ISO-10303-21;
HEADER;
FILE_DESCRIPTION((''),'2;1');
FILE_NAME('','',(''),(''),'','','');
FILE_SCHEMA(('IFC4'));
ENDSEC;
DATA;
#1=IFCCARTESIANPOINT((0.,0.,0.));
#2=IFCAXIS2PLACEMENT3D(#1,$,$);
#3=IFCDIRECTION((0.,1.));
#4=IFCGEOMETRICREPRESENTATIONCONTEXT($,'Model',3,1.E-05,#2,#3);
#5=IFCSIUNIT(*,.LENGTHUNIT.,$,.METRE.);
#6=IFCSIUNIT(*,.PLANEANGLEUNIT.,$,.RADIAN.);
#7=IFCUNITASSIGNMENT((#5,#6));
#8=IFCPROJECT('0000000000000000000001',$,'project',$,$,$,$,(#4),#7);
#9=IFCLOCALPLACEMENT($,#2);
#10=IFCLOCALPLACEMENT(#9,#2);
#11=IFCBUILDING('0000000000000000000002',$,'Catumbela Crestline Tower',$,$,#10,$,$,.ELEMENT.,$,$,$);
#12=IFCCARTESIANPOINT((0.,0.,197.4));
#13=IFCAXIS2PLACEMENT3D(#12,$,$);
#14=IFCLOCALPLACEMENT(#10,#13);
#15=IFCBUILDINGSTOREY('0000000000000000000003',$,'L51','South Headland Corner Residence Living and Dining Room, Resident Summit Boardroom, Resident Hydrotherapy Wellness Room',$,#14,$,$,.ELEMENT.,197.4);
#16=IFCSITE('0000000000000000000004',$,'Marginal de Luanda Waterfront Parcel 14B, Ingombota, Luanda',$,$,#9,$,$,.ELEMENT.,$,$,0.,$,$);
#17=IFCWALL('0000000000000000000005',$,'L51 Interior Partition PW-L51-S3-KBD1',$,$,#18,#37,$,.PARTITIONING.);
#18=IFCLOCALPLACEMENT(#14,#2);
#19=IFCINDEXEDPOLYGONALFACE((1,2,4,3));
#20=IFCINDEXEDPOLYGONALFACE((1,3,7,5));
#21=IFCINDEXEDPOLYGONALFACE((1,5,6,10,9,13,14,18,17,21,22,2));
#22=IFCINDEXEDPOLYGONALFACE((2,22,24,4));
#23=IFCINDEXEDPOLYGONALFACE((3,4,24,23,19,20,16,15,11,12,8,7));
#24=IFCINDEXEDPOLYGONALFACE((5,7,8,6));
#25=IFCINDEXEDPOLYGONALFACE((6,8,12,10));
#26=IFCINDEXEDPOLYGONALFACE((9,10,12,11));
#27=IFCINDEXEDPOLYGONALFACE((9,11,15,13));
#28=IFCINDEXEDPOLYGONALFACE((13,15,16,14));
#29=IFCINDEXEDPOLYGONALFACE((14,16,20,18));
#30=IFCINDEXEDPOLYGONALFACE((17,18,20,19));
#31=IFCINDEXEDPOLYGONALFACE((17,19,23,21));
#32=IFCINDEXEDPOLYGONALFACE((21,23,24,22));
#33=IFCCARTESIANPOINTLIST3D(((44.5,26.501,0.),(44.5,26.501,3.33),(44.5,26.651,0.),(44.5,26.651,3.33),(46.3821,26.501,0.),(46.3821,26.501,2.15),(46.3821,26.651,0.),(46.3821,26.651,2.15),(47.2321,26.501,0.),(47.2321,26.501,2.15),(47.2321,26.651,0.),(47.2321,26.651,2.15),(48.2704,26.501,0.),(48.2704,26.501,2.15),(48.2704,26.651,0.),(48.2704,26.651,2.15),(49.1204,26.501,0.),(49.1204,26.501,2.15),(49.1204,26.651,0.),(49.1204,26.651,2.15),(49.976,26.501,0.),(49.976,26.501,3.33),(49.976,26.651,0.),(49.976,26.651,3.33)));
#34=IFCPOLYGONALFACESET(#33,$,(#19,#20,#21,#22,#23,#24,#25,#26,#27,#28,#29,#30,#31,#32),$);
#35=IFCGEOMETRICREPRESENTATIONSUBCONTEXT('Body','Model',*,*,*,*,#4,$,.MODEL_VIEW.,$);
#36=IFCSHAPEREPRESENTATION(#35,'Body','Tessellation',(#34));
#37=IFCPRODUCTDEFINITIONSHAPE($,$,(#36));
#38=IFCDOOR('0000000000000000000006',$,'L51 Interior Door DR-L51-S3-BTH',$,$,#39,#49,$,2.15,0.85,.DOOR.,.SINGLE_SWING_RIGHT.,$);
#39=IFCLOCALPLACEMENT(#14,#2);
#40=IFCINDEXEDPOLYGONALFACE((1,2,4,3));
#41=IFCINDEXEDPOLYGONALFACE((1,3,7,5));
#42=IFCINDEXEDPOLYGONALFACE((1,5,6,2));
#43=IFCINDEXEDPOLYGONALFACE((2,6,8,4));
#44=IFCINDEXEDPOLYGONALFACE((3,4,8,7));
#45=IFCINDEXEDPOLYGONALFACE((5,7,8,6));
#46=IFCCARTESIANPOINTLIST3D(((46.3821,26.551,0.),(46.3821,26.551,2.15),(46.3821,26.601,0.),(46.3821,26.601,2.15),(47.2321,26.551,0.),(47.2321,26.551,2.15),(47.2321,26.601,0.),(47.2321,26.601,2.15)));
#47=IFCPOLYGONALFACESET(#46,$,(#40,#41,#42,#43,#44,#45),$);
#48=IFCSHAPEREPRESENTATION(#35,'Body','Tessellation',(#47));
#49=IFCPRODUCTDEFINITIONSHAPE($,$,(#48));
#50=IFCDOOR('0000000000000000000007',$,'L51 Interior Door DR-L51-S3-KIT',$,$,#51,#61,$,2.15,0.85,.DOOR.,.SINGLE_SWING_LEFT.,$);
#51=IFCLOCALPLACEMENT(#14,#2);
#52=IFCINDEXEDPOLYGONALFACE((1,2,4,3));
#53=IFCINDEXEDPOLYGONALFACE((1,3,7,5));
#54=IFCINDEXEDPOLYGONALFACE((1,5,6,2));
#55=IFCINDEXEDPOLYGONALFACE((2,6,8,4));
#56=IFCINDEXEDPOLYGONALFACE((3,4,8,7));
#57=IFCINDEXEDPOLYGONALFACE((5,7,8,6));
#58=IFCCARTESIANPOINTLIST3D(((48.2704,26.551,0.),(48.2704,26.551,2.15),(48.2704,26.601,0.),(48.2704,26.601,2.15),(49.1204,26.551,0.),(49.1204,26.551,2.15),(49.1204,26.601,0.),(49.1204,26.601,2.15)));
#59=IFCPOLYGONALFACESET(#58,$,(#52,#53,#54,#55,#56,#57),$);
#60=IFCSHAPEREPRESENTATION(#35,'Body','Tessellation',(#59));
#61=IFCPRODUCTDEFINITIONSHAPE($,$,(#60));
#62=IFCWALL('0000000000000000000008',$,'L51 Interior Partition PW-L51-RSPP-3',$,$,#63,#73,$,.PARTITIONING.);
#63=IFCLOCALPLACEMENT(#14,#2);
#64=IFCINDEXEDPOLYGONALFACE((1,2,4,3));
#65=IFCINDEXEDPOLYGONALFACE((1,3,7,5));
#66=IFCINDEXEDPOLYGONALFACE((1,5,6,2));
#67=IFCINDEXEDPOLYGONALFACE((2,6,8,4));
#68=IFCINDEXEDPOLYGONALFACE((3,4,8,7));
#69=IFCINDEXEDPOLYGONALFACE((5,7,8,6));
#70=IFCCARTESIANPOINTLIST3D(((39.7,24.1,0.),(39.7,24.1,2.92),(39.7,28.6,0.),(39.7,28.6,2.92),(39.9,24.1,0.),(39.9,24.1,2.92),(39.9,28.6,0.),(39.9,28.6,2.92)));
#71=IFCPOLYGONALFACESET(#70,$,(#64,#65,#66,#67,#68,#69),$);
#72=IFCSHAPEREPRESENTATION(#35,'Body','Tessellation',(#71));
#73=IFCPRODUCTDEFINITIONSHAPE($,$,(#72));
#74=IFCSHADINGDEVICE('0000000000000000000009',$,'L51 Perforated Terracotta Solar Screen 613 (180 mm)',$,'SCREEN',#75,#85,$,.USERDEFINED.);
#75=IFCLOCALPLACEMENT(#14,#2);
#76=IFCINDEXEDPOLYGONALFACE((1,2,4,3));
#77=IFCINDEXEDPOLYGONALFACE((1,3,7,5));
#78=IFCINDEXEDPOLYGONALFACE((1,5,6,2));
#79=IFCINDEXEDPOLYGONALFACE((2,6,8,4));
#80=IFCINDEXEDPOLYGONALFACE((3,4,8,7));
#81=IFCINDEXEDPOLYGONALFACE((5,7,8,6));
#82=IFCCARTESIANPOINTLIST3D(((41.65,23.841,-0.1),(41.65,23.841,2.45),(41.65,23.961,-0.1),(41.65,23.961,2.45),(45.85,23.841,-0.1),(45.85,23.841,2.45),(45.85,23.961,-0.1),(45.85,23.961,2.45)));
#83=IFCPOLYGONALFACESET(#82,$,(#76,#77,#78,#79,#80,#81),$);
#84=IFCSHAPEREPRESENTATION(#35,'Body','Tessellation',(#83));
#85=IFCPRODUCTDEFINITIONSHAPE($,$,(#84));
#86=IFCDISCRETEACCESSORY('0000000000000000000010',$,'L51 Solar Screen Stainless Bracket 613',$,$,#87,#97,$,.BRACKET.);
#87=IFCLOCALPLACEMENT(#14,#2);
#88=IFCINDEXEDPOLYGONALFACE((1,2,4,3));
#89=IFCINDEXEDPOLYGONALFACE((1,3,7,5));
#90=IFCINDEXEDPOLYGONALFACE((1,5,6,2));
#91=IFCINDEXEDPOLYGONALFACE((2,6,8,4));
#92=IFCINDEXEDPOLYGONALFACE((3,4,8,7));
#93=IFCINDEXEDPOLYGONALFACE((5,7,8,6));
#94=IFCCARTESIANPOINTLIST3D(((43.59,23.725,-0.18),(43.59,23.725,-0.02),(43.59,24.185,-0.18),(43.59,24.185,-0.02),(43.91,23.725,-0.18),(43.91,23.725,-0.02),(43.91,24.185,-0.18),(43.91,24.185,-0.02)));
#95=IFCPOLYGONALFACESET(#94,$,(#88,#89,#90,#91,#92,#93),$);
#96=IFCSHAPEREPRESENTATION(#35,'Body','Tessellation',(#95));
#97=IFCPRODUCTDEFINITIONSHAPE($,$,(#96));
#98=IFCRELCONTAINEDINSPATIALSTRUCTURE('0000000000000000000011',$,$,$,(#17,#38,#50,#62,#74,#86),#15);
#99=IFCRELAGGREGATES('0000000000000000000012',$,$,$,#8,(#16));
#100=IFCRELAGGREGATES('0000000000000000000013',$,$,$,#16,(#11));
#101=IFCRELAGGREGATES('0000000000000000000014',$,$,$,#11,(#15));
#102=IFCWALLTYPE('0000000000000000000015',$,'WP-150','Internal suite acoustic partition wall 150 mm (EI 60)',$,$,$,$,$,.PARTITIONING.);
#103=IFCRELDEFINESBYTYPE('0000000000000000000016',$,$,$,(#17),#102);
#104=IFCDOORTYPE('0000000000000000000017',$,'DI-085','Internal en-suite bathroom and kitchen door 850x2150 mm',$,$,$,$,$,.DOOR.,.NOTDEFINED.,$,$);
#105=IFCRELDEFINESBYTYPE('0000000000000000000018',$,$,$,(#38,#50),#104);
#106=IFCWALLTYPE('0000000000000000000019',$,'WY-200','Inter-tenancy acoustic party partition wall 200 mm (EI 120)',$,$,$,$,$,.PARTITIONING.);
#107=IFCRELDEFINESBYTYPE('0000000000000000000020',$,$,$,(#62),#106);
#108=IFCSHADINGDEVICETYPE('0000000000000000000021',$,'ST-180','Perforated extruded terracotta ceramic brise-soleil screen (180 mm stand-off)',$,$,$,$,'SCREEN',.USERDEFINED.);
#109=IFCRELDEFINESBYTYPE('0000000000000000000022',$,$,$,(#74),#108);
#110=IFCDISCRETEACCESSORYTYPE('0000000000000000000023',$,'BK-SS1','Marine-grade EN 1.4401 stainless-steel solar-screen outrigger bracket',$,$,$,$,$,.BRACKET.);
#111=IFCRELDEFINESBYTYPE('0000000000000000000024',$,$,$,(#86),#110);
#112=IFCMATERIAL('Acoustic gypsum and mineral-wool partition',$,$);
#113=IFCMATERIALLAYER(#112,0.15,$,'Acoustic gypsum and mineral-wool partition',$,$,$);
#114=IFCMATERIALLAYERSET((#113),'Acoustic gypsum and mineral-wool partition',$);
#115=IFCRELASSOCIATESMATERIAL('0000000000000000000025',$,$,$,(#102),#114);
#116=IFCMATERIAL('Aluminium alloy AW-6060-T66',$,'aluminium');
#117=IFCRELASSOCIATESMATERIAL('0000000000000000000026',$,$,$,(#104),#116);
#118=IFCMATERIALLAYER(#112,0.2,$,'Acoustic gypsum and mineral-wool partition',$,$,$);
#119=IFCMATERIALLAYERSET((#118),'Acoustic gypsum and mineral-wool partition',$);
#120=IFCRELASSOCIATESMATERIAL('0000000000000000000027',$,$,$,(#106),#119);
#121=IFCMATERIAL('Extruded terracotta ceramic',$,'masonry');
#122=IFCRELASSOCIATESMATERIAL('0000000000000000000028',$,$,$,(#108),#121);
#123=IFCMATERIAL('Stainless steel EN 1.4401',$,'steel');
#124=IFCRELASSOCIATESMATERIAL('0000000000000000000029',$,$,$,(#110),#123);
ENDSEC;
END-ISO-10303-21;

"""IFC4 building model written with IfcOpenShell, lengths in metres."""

from ifc_helpers import new_model, si_unit, direction, frame, frame_2d, origin, origin_2d, place, context, subcontext, project, spatial, rectangle, extrude, material, layer, layer_set, type_object, element, fill, save


model = new_model("IFC4")

# Units and contexts
model_context = context("Model", 3, precision=1e-05, world=origin(), true_north=direction((0.0, 1.0)))
body_context = subcontext(model_context, "Body", "Model", "MODEL_VIEW")
ifc_project = project(units=[si_unit("LENGTHUNIT", "METRE"), si_unit("PLANEANGLEUNIT", "RADIAN")], contexts=[model_context])

# Site, building, storey
site_placement = place(None, origin())
site = spatial("IfcSite", under=ifc_project, at=site_placement, Name="Marginal de Luanda Waterfront Parcel 14B, Ingombota, Luanda", CompositionType="ELEMENT", RefElevation=0.0)
building_placement = place(site_placement, origin())
building = spatial("IfcBuilding", under=site, at=building_placement, Name="Catumbela Crestline Tower", CompositionType="ELEMENT")
storey_placement = place(building_placement, frame((0.0, 0.0, 197.4)))
storey = spatial("IfcBuildingStorey", under=building, at=storey_placement, Name="L51", Description="South Headland Corner Residence Living and Dining Room, Resident Summit Boardroom, Resident Hydrotherapy Wellness Room", CompositionType="ELEMENT", Elevation=197.4)

# Shared definitions
ifc_material_1 = material(Name="Aluminium alloy AW-6060-T66", Category="aluminium")

# Shared definitions
ifc_material_2 = material(Name="Acoustic gypsum and mineral-wool partition")
ifc_layer_1 = layer(ifc_material_2, 0.15, Name="Acoustic gypsum and mineral-wool partition")
ifc_layer_set_1 = layer_set([ifc_layer_1], Name="Acoustic gypsum and mineral-wool partition")
wall_type_1 = type_object("IfcWallType", Name="WP-150", Description="Internal suite acoustic partition wall 150 mm (EI 60)", PredefinedType="PARTITIONING", material=ifc_layer_set_1)

# Wall, openings, doors
wall_1_placement = place(storey_placement, frame((44.5, 26.576, 0.0), z_axis=(0.0, 0.0, 1.0), x_axis=(1.0, 0.0, 0.0)))
wall_1 = element("IfcWall", 1, at=wall_1_placement, inside=storey, type_object=wall_type_1, Name="L51 Interior Partition PW-L51-S3-KBD1", PredefinedType="PARTITIONING", context=body_context, shape_type="SweptSolid", body=[
    extrude(rectangle(XDim=5.476, YDim=0.15, at=frame_2d((2.738, 0.0))), origin(), (0.0, 0.0, 1.0), 3.33),
])
opening_1_placement = place(wall_1_placement, frame((1.8821, 0.0, 0.0)))
opening_1 = element("IfcOpeningElement", 2, at=opening_1_placement, cuts=wall_1, PredefinedType="OPENING", context=body_context, shape_type="SweptSolid", body=[
    extrude(rectangle(XDim=0.85, YDim=2.15, at=frame_2d((0.425, 1.075))), frame((0.0, 0.085, 0.0), z_axis=(0.0, -1.0, 0.0), x_axis=(1.0, 0.0, 0.0)), (0.0, 0.0, 1.0), 0.17),
])
opening_2_placement = place(wall_1_placement, frame((3.7704, 0.0, 0.0)))
opening_2 = element("IfcOpeningElement", 3, at=opening_2_placement, cuts=wall_1, PredefinedType="OPENING", context=body_context, shape_type="SweptSolid", body=[
    extrude(rectangle(XDim=0.85, YDim=2.15, at=frame_2d((0.425, 1.075))), frame((0.0, 0.085, 0.0), z_axis=(0.0, -1.0, 0.0), x_axis=(1.0, 0.0, 0.0)), (0.0, 0.0, 1.0), 0.17),
])
door_type = type_object("IfcDoorType", Name="DI-085", Description="Internal en-suite bathroom and kitchen door 850x2150 mm", OperationType="NOTDEFINED", PredefinedType="DOOR", material=ifc_material_1)
door_1_placement = place(opening_1_placement, origin())
door_1 = element("IfcDoor", 4, at=door_1_placement, inside=storey, type_object=door_type, Name="L51 Interior Door DR-L51-S3-BTH", OperationType="SINGLE_SWING_RIGHT", OverallHeight=2.15, OverallWidth=0.85, PredefinedType="DOOR", context=body_context, shape_type="SweptSolid", body=[
    extrude(rectangle(XDim=0.85, YDim=2.15, at=frame_2d((0.425, 1.075))), frame((0.0, 0.025, 0.0), z_axis=(0.0, -1.0, 0.0), x_axis=(1.0, 0.0, 0.0)), (0.0, 0.0, 1.0), 0.05),
])
fill(opening_1, door_1)
door_2_placement = place(opening_2_placement, origin())
door_2 = element("IfcDoor", 5, at=door_2_placement, inside=storey, type_object=door_type, Name="L51 Interior Door DR-L51-S3-KIT", OperationType="SINGLE_SWING_LEFT", OverallHeight=2.15, OverallWidth=0.85, PredefinedType="DOOR", context=body_context, shape_type="SweptSolid", body=[
    extrude(rectangle(XDim=0.85, YDim=2.15, at=frame_2d((0.425, 1.075))), frame((0.0, 0.025, 0.0), z_axis=(0.0, -1.0, 0.0), x_axis=(1.0, 0.0, 0.0)), (0.0, 0.0, 1.0), 0.05),
])
fill(opening_2, door_2)

# Wall
ifc_layer_2 = layer(ifc_material_2, 0.2, Name="Acoustic gypsum and mineral-wool partition")
ifc_layer_set_2 = layer_set([ifc_layer_2], Name="Acoustic gypsum and mineral-wool partition")
wall_type_2 = type_object("IfcWallType", Name="WY-200", Description="Inter-tenancy acoustic party partition wall 200 mm (EI 120)", PredefinedType="PARTITIONING", material=ifc_layer_set_2)
wall_2_placement = place(storey_placement, frame((39.8, 24.1, 0.0), z_axis=(0.0, 0.0, 1.0), x_axis=(0.0, 1.0, 0.0)))
element("IfcWall", 6, at=wall_2_placement, inside=storey, type_object=wall_type_2, Name="L51 Interior Partition PW-L51-RSPP-3", PredefinedType="PARTITIONING", context=body_context, shape_type="SweptSolid", body=[
    extrude(rectangle(XDim=4.5, YDim=0.2, at=frame_2d((2.25, 0.0))), origin(), (0.0, 0.0, 1.0), 2.92),
])

# Shading device
ifc_material_3 = material(Name="Extruded terracotta ceramic", Category="masonry")
shading_device_type = type_object("IfcShadingDeviceType", Name="ST-180", Description="Perforated extruded terracotta ceramic brise-soleil screen (180 mm stand-off)", ElementType="SCREEN", PredefinedType="USERDEFINED", material=ifc_material_3)
shading_device_placement = place(storey_placement, frame((43.75, 23.901, -0.1), z_axis=(0.0, 0.0, 1.0), x_axis=(1.0, 0.0, 0.0)))
element("IfcShadingDevice", 7, at=shading_device_placement, inside=storey, type_object=shading_device_type, Name="L51 Perforated Terracotta Solar Screen 613 (180 mm)", ObjectType="SCREEN", PredefinedType="USERDEFINED", context=body_context, shape_type="SweptSolid", body=[
    extrude(rectangle(XDim=4.2, YDim=0.12, at=origin_2d()), origin(), (0.0, 0.0, 1.0), 2.55),
])

# Discrete accessory
ifc_material_4 = material(Name="Stainless steel EN 1.4401", Category="steel")
discrete_accessory_type = type_object("IfcDiscreteAccessoryType", Name="BK-SS1", Description="Marine-grade EN 1.4401 stainless-steel solar-screen outrigger bracket", PredefinedType="BRACKET", material=ifc_material_4)
discrete_accessory_placement = place(storey_placement, frame((43.75, 23.955, -0.18), z_axis=(0.0, 0.0, 1.0), x_axis=(1.0, 0.0, 0.0)))
element("IfcDiscreteAccessory", 8, at=discrete_accessory_placement, inside=storey, type_object=discrete_accessory_type, Name="L51 Solar Screen Stainless Bracket 613", PredefinedType="BRACKET", context=body_context, shape_type="SweptSolid", body=[
    extrude(rectangle(XDim=0.32, YDim=0.46, at=origin_2d()), origin(), (0.0, 0.0, 1.0), 0.16),
])

save(model, "model.ifc")
